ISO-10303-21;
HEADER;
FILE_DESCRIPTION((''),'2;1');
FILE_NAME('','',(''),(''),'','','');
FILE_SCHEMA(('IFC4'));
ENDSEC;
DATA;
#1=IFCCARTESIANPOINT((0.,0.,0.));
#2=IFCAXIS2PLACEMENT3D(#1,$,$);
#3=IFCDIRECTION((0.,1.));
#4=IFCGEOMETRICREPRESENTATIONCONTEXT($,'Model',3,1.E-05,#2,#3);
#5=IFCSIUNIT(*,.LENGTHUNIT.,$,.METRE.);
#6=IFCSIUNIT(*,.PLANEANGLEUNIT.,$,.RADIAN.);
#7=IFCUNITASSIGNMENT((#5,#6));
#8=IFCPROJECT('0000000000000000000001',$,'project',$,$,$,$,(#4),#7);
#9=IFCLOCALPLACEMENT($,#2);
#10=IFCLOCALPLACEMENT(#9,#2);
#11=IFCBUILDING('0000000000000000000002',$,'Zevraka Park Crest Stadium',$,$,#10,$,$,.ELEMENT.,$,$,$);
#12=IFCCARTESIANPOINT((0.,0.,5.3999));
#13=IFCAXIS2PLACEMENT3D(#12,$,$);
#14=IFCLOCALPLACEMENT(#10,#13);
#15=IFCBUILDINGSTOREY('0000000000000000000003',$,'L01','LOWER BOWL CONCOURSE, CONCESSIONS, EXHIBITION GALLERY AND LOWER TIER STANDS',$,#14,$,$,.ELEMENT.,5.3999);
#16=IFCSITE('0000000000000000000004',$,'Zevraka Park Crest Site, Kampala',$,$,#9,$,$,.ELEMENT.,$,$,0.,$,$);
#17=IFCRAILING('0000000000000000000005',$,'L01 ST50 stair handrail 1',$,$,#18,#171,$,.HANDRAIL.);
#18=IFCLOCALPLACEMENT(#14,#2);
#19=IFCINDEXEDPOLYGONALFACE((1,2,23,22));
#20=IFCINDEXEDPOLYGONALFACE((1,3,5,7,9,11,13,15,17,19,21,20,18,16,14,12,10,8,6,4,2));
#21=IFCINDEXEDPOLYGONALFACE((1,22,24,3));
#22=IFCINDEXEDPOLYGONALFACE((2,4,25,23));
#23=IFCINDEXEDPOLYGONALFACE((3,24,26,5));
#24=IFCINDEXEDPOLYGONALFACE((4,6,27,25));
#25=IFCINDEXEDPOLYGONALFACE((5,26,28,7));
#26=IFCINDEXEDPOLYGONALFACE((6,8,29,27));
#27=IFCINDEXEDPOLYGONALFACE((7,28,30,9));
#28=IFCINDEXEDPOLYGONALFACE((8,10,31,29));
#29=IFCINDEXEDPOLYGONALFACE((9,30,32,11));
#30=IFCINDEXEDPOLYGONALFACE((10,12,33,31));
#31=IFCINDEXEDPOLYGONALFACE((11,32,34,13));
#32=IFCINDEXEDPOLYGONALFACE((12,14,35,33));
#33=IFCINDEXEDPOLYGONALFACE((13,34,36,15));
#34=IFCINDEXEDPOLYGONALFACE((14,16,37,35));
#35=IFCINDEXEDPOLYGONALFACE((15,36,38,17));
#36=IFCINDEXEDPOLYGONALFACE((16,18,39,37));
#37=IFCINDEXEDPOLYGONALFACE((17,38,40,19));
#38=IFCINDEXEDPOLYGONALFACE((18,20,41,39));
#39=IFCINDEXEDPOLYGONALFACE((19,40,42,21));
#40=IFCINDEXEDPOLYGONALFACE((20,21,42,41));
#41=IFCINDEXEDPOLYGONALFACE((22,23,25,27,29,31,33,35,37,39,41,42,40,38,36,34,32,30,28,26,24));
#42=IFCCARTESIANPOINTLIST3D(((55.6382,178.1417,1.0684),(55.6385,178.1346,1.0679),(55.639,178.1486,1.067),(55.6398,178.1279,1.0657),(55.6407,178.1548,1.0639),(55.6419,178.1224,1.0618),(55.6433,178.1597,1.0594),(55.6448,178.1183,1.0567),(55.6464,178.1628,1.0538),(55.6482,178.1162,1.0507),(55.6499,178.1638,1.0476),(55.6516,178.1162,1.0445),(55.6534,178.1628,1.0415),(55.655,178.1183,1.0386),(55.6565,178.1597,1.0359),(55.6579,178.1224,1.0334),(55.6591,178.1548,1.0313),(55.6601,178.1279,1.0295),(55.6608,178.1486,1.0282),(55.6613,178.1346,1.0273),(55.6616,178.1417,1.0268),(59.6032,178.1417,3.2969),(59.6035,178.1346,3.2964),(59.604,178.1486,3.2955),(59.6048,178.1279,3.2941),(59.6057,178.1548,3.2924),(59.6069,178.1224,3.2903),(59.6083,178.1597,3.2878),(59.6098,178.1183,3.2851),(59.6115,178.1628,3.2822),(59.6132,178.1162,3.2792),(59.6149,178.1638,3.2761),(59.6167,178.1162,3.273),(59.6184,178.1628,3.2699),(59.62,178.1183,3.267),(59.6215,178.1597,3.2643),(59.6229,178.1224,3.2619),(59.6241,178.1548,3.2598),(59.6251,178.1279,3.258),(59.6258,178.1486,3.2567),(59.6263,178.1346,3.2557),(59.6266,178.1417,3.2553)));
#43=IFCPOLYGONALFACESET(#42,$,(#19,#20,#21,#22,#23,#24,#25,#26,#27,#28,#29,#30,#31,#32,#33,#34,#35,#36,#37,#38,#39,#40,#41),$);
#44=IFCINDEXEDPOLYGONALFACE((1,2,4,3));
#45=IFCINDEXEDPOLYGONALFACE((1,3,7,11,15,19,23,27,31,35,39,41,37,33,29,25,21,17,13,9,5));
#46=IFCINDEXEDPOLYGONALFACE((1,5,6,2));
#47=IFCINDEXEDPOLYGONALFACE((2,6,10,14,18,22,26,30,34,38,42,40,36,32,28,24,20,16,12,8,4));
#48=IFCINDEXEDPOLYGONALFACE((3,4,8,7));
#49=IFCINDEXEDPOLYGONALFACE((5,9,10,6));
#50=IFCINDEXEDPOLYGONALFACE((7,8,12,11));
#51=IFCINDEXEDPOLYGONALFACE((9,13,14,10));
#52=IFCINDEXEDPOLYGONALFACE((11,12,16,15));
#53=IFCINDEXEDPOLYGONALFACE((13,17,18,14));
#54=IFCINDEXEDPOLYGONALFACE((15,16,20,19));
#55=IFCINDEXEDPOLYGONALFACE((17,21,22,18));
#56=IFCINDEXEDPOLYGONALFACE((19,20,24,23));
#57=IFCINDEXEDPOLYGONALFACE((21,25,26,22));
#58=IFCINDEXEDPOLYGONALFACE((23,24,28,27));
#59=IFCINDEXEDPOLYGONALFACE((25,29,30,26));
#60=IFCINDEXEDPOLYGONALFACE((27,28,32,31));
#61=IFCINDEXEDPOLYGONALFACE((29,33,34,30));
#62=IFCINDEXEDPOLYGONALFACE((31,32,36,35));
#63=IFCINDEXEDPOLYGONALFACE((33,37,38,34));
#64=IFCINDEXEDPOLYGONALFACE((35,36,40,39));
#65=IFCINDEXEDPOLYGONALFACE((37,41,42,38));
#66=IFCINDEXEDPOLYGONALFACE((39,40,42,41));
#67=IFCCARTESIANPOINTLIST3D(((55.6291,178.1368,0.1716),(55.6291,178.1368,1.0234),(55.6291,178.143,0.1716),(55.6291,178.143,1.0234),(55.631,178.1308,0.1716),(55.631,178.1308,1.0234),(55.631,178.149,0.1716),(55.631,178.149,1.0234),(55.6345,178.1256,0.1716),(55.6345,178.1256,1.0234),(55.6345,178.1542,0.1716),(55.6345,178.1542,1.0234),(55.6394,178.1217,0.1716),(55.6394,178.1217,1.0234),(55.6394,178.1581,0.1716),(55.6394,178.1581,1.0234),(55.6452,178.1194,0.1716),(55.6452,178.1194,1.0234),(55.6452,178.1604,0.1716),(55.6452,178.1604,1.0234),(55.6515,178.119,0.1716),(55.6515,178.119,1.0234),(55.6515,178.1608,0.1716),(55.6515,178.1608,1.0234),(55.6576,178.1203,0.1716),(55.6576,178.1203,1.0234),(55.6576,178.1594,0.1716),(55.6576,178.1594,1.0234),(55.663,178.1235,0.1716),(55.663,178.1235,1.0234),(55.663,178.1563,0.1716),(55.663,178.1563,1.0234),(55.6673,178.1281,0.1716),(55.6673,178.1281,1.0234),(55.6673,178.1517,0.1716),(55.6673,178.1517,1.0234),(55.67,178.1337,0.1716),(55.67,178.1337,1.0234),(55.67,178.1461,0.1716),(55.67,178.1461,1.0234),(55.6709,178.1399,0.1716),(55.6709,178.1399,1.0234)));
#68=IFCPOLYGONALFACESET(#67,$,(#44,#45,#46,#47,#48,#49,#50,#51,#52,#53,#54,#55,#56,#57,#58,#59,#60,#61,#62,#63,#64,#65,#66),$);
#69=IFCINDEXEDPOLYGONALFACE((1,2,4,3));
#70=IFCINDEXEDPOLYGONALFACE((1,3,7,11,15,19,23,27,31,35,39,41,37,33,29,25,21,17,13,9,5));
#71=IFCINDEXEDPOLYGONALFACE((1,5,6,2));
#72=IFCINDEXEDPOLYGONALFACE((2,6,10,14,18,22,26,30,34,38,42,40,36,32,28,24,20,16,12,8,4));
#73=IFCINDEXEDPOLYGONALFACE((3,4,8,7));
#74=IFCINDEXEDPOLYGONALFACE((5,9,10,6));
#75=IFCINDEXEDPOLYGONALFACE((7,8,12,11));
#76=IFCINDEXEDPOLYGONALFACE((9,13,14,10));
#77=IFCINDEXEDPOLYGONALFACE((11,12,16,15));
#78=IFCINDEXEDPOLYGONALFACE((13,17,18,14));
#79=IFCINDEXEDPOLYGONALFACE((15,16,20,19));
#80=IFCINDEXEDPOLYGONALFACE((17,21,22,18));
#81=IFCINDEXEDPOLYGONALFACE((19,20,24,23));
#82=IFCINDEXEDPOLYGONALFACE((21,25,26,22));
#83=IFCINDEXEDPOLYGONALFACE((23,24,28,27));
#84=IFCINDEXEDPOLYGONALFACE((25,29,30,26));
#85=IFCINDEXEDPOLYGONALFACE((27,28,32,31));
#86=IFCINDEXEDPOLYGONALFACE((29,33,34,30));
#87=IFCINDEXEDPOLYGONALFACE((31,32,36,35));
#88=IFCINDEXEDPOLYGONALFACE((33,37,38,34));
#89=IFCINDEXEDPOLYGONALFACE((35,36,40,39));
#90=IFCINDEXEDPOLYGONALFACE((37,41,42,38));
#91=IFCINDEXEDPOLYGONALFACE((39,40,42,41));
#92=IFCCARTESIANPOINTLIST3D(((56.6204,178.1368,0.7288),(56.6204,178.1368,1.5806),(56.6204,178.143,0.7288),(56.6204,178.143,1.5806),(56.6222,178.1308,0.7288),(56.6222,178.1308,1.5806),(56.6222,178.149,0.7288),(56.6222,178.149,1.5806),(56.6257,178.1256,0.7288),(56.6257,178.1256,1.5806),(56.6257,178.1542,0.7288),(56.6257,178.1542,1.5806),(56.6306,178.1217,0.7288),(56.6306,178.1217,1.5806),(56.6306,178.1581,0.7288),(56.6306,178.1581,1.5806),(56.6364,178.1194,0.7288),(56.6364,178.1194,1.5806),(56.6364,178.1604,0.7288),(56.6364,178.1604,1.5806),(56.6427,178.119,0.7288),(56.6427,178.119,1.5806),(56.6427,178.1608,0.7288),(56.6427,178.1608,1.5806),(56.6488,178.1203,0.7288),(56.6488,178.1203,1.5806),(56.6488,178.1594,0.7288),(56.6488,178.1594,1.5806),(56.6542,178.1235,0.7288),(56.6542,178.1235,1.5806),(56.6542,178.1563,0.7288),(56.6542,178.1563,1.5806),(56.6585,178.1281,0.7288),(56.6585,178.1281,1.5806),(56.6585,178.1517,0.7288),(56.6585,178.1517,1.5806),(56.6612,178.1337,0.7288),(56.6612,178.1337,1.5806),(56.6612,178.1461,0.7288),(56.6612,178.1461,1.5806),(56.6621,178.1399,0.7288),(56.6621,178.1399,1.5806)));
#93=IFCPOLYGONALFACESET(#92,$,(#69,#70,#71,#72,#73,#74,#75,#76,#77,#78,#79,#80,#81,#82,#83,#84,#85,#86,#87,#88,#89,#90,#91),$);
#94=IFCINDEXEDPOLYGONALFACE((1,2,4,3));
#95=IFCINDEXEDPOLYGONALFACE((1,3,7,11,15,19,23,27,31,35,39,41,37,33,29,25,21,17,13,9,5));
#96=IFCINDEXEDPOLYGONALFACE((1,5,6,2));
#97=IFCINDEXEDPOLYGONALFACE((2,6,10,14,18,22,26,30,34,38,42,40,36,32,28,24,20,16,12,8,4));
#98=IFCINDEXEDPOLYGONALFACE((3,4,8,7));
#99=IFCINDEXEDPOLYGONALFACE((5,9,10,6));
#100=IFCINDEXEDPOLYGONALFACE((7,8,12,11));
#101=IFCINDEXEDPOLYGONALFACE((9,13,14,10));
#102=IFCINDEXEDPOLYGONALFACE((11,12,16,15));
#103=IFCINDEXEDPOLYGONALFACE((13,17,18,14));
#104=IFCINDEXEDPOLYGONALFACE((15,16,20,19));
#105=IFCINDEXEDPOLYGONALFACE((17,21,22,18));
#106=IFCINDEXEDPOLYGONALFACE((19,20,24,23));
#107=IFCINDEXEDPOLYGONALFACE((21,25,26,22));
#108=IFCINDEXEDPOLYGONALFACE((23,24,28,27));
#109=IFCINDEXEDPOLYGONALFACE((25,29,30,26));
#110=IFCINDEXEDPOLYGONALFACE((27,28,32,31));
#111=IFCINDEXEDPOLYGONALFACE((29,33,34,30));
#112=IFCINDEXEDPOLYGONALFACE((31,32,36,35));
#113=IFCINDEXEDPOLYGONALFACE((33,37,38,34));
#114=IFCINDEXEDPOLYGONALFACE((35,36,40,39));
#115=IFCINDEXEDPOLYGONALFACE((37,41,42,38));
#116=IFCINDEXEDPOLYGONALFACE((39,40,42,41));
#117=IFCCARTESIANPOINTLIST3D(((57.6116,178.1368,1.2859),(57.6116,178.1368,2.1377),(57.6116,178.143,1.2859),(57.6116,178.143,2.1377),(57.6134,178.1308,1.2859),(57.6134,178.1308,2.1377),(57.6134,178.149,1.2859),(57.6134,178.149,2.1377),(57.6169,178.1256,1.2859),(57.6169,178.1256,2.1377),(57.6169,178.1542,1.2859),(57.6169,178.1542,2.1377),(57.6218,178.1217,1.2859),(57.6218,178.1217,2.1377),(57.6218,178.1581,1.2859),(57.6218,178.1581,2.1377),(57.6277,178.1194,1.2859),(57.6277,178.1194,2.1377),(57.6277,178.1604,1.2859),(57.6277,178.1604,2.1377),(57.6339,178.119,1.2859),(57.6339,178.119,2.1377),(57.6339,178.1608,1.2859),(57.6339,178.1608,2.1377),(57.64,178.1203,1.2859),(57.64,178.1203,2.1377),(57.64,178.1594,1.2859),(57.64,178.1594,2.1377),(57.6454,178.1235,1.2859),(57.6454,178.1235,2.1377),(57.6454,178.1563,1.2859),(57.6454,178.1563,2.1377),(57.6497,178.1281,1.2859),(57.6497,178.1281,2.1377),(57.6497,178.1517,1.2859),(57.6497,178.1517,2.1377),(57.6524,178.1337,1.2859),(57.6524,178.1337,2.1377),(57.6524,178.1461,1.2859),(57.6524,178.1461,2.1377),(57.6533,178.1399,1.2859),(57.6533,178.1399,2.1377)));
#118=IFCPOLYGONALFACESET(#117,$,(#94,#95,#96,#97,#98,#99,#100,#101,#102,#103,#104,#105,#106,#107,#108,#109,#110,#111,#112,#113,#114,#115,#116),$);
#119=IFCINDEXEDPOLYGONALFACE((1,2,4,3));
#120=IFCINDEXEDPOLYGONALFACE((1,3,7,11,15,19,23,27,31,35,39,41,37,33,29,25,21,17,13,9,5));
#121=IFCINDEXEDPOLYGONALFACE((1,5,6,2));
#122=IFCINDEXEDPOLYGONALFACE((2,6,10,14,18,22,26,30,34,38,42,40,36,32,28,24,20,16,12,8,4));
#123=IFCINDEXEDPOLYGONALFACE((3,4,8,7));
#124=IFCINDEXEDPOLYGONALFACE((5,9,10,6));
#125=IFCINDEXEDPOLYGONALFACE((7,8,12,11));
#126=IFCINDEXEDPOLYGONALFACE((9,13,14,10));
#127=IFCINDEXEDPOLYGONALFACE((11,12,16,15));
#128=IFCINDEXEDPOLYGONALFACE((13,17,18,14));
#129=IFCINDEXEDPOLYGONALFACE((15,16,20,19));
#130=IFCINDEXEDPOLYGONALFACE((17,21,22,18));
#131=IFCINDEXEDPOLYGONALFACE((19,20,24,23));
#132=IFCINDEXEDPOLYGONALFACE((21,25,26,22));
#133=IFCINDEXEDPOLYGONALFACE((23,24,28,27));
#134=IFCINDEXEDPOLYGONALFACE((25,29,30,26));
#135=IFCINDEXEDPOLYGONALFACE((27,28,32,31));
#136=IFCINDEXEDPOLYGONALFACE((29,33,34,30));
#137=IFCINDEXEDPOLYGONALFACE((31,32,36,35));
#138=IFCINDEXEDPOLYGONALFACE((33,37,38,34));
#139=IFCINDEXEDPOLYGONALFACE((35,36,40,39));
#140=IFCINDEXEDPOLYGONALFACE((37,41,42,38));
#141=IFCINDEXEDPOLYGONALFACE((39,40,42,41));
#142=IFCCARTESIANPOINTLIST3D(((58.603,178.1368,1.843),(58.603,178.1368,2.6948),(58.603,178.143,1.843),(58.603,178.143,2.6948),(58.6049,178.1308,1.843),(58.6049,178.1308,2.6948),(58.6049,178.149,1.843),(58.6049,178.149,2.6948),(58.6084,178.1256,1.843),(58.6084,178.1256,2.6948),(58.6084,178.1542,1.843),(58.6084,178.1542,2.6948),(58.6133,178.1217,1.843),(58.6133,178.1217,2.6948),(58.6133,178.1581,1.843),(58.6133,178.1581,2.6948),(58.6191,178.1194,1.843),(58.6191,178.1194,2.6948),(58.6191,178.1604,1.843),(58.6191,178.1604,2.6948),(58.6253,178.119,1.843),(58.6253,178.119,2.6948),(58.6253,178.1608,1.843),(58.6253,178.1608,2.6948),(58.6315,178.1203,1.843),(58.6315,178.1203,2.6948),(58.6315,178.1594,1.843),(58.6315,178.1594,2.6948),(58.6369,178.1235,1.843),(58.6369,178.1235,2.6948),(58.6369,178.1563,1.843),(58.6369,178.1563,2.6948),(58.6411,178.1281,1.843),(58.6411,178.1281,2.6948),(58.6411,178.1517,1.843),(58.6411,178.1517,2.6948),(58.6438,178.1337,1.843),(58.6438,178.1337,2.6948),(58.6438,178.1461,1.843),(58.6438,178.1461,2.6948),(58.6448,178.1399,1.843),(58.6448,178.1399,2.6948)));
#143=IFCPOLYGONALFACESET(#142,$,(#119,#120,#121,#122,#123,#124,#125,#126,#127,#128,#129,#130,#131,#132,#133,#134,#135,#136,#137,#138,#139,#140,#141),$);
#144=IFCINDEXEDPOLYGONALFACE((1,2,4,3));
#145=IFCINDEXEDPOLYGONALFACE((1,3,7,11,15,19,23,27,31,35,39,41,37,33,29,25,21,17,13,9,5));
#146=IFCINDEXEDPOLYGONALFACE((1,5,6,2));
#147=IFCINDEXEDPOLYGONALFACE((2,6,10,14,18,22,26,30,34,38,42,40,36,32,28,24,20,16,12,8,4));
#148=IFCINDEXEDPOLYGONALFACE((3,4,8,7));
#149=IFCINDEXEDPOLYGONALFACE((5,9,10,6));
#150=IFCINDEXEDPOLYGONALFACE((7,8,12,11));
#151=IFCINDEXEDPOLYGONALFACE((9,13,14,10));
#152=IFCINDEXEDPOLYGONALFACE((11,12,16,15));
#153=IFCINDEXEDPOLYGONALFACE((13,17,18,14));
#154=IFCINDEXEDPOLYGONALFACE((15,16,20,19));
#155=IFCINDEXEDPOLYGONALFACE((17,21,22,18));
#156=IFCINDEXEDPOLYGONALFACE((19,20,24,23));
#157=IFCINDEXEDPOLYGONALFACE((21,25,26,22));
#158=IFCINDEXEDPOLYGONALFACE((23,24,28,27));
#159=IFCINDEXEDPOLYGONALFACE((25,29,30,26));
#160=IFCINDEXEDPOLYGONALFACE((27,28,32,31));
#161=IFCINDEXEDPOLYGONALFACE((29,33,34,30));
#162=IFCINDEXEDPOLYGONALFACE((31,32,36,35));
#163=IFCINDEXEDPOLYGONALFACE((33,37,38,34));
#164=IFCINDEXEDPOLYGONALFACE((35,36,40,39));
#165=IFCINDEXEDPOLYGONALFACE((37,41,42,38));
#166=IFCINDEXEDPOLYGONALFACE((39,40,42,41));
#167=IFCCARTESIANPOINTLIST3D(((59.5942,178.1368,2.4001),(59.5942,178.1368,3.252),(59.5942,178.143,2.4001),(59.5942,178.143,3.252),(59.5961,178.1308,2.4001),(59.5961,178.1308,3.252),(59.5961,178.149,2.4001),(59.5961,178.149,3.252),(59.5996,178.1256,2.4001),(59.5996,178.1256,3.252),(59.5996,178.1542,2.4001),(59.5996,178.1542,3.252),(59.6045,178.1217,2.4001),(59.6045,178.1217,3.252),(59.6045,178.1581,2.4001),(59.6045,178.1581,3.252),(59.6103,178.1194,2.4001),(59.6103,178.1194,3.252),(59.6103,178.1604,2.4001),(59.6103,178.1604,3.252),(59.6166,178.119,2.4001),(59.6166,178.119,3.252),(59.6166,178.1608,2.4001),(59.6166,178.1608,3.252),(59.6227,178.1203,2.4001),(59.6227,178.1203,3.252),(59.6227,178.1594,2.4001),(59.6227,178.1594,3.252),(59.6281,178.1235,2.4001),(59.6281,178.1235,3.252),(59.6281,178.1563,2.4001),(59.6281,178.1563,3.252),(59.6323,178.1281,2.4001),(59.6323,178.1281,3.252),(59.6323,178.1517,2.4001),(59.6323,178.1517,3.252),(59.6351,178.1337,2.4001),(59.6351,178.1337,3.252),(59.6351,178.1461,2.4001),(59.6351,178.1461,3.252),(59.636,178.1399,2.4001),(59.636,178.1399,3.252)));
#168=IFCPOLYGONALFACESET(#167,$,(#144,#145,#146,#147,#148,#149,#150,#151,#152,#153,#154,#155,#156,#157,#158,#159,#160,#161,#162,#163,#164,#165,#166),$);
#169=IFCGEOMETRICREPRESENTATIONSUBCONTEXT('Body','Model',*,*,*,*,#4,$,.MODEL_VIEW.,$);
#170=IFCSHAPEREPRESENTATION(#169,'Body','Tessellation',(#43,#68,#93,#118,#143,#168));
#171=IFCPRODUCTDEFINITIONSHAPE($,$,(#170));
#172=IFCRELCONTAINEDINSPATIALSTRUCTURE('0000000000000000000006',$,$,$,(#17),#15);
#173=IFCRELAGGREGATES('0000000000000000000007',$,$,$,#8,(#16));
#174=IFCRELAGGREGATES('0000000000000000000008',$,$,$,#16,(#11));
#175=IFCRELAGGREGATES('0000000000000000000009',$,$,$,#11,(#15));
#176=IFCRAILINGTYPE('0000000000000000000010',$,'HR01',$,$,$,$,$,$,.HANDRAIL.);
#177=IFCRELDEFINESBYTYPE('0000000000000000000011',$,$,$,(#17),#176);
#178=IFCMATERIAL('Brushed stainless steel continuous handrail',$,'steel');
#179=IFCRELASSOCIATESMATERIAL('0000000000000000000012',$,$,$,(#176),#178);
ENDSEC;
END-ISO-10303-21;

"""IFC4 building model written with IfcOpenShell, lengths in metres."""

from ifc_helpers import new_model, si_unit, direction, frame, origin, origin_2d, place, context, subcontext, project, spatial, circle, extrude, material, type_object, element, save


model = new_model("IFC4")

# Units and contexts
model_context = context("Model", 3, precision=1e-05, world=origin(), true_north=direction((0.0, 1.0)))
body_context = subcontext(model_context, "Body", "Model", "MODEL_VIEW")
ifc_project = project(units=[si_unit("LENGTHUNIT", "METRE"), si_unit("PLANEANGLEUNIT", "RADIAN")], contexts=[model_context])

# Site, building, storey
site_placement = place(None, origin())
site = spatial("IfcSite", under=ifc_project, at=site_placement, Name="Zevraka Park Crest Site, Kampala", CompositionType="ELEMENT", RefElevation=0.0)
building_placement = place(site_placement, origin())
building = spatial("IfcBuilding", under=site, at=building_placement, Name="Zevraka Park Crest Stadium", CompositionType="ELEMENT")
storey_placement = place(building_placement, frame((0.0, 0.0, 5.3999)))
storey = spatial("IfcBuildingStorey", under=building, at=storey_placement, Name="L01", Description="LOWER BOWL CONCOURSE, CONCESSIONS, EXHIBITION GALLERY AND LOWER TIER STANDS", CompositionType="ELEMENT", Elevation=5.3999)

# Railing
ifc_material_1 = material(Name="Brushed stainless steel continuous handrail", Category="steel")
railing_type_1 = type_object("IfcRailingType", Name="HR01", PredefinedType="HANDRAIL", material=ifc_material_1)
railing_1_placement = place(storey_placement, frame((55.6499, 178.1399, 0.1716)))
element("IfcRailing", 1, at=railing_1_placement, inside=storey, type_object=railing_type_1, Name="L01 ST50 stair handrail 1", PredefinedType="HANDRAIL", context=body_context, shape_type="SweptSolid", body=[
    extrude(circle(Radius=0.0239, at=origin_2d()), frame((0.0, 0.0, 0.876), z_axis=(0.871749, 0.0, 0.489953), x_axis=(0.0, 1.0, 0.0)), (0.0, 0.0, 1.0), 4.5483),
    extrude(circle(Radius=0.021, at=origin_2d()), origin(), (0.0, 0.0, 1.0), 0.8518),
    extrude(circle(Radius=0.021, at=origin_2d()), frame((0.9912, 0.0, 0.5571)), (0.0, 0.0, 1.0), 0.8518),
    extrude(circle(Radius=0.021, at=origin_2d()), frame((1.9824, 0.0, 1.1143)), (0.0, 0.0, 1.0), 0.8518),
    extrude(circle(Radius=0.021, at=origin_2d()), frame((2.9739, 0.0, 1.6714)), (0.0, 0.0, 1.0), 0.8518),
    extrude(circle(Radius=0.021, at=origin_2d()), frame((3.9651, 0.0, 2.2285)), (0.0, 0.0, 1.0), 0.8518),
])

save(model, "model.ifc")
